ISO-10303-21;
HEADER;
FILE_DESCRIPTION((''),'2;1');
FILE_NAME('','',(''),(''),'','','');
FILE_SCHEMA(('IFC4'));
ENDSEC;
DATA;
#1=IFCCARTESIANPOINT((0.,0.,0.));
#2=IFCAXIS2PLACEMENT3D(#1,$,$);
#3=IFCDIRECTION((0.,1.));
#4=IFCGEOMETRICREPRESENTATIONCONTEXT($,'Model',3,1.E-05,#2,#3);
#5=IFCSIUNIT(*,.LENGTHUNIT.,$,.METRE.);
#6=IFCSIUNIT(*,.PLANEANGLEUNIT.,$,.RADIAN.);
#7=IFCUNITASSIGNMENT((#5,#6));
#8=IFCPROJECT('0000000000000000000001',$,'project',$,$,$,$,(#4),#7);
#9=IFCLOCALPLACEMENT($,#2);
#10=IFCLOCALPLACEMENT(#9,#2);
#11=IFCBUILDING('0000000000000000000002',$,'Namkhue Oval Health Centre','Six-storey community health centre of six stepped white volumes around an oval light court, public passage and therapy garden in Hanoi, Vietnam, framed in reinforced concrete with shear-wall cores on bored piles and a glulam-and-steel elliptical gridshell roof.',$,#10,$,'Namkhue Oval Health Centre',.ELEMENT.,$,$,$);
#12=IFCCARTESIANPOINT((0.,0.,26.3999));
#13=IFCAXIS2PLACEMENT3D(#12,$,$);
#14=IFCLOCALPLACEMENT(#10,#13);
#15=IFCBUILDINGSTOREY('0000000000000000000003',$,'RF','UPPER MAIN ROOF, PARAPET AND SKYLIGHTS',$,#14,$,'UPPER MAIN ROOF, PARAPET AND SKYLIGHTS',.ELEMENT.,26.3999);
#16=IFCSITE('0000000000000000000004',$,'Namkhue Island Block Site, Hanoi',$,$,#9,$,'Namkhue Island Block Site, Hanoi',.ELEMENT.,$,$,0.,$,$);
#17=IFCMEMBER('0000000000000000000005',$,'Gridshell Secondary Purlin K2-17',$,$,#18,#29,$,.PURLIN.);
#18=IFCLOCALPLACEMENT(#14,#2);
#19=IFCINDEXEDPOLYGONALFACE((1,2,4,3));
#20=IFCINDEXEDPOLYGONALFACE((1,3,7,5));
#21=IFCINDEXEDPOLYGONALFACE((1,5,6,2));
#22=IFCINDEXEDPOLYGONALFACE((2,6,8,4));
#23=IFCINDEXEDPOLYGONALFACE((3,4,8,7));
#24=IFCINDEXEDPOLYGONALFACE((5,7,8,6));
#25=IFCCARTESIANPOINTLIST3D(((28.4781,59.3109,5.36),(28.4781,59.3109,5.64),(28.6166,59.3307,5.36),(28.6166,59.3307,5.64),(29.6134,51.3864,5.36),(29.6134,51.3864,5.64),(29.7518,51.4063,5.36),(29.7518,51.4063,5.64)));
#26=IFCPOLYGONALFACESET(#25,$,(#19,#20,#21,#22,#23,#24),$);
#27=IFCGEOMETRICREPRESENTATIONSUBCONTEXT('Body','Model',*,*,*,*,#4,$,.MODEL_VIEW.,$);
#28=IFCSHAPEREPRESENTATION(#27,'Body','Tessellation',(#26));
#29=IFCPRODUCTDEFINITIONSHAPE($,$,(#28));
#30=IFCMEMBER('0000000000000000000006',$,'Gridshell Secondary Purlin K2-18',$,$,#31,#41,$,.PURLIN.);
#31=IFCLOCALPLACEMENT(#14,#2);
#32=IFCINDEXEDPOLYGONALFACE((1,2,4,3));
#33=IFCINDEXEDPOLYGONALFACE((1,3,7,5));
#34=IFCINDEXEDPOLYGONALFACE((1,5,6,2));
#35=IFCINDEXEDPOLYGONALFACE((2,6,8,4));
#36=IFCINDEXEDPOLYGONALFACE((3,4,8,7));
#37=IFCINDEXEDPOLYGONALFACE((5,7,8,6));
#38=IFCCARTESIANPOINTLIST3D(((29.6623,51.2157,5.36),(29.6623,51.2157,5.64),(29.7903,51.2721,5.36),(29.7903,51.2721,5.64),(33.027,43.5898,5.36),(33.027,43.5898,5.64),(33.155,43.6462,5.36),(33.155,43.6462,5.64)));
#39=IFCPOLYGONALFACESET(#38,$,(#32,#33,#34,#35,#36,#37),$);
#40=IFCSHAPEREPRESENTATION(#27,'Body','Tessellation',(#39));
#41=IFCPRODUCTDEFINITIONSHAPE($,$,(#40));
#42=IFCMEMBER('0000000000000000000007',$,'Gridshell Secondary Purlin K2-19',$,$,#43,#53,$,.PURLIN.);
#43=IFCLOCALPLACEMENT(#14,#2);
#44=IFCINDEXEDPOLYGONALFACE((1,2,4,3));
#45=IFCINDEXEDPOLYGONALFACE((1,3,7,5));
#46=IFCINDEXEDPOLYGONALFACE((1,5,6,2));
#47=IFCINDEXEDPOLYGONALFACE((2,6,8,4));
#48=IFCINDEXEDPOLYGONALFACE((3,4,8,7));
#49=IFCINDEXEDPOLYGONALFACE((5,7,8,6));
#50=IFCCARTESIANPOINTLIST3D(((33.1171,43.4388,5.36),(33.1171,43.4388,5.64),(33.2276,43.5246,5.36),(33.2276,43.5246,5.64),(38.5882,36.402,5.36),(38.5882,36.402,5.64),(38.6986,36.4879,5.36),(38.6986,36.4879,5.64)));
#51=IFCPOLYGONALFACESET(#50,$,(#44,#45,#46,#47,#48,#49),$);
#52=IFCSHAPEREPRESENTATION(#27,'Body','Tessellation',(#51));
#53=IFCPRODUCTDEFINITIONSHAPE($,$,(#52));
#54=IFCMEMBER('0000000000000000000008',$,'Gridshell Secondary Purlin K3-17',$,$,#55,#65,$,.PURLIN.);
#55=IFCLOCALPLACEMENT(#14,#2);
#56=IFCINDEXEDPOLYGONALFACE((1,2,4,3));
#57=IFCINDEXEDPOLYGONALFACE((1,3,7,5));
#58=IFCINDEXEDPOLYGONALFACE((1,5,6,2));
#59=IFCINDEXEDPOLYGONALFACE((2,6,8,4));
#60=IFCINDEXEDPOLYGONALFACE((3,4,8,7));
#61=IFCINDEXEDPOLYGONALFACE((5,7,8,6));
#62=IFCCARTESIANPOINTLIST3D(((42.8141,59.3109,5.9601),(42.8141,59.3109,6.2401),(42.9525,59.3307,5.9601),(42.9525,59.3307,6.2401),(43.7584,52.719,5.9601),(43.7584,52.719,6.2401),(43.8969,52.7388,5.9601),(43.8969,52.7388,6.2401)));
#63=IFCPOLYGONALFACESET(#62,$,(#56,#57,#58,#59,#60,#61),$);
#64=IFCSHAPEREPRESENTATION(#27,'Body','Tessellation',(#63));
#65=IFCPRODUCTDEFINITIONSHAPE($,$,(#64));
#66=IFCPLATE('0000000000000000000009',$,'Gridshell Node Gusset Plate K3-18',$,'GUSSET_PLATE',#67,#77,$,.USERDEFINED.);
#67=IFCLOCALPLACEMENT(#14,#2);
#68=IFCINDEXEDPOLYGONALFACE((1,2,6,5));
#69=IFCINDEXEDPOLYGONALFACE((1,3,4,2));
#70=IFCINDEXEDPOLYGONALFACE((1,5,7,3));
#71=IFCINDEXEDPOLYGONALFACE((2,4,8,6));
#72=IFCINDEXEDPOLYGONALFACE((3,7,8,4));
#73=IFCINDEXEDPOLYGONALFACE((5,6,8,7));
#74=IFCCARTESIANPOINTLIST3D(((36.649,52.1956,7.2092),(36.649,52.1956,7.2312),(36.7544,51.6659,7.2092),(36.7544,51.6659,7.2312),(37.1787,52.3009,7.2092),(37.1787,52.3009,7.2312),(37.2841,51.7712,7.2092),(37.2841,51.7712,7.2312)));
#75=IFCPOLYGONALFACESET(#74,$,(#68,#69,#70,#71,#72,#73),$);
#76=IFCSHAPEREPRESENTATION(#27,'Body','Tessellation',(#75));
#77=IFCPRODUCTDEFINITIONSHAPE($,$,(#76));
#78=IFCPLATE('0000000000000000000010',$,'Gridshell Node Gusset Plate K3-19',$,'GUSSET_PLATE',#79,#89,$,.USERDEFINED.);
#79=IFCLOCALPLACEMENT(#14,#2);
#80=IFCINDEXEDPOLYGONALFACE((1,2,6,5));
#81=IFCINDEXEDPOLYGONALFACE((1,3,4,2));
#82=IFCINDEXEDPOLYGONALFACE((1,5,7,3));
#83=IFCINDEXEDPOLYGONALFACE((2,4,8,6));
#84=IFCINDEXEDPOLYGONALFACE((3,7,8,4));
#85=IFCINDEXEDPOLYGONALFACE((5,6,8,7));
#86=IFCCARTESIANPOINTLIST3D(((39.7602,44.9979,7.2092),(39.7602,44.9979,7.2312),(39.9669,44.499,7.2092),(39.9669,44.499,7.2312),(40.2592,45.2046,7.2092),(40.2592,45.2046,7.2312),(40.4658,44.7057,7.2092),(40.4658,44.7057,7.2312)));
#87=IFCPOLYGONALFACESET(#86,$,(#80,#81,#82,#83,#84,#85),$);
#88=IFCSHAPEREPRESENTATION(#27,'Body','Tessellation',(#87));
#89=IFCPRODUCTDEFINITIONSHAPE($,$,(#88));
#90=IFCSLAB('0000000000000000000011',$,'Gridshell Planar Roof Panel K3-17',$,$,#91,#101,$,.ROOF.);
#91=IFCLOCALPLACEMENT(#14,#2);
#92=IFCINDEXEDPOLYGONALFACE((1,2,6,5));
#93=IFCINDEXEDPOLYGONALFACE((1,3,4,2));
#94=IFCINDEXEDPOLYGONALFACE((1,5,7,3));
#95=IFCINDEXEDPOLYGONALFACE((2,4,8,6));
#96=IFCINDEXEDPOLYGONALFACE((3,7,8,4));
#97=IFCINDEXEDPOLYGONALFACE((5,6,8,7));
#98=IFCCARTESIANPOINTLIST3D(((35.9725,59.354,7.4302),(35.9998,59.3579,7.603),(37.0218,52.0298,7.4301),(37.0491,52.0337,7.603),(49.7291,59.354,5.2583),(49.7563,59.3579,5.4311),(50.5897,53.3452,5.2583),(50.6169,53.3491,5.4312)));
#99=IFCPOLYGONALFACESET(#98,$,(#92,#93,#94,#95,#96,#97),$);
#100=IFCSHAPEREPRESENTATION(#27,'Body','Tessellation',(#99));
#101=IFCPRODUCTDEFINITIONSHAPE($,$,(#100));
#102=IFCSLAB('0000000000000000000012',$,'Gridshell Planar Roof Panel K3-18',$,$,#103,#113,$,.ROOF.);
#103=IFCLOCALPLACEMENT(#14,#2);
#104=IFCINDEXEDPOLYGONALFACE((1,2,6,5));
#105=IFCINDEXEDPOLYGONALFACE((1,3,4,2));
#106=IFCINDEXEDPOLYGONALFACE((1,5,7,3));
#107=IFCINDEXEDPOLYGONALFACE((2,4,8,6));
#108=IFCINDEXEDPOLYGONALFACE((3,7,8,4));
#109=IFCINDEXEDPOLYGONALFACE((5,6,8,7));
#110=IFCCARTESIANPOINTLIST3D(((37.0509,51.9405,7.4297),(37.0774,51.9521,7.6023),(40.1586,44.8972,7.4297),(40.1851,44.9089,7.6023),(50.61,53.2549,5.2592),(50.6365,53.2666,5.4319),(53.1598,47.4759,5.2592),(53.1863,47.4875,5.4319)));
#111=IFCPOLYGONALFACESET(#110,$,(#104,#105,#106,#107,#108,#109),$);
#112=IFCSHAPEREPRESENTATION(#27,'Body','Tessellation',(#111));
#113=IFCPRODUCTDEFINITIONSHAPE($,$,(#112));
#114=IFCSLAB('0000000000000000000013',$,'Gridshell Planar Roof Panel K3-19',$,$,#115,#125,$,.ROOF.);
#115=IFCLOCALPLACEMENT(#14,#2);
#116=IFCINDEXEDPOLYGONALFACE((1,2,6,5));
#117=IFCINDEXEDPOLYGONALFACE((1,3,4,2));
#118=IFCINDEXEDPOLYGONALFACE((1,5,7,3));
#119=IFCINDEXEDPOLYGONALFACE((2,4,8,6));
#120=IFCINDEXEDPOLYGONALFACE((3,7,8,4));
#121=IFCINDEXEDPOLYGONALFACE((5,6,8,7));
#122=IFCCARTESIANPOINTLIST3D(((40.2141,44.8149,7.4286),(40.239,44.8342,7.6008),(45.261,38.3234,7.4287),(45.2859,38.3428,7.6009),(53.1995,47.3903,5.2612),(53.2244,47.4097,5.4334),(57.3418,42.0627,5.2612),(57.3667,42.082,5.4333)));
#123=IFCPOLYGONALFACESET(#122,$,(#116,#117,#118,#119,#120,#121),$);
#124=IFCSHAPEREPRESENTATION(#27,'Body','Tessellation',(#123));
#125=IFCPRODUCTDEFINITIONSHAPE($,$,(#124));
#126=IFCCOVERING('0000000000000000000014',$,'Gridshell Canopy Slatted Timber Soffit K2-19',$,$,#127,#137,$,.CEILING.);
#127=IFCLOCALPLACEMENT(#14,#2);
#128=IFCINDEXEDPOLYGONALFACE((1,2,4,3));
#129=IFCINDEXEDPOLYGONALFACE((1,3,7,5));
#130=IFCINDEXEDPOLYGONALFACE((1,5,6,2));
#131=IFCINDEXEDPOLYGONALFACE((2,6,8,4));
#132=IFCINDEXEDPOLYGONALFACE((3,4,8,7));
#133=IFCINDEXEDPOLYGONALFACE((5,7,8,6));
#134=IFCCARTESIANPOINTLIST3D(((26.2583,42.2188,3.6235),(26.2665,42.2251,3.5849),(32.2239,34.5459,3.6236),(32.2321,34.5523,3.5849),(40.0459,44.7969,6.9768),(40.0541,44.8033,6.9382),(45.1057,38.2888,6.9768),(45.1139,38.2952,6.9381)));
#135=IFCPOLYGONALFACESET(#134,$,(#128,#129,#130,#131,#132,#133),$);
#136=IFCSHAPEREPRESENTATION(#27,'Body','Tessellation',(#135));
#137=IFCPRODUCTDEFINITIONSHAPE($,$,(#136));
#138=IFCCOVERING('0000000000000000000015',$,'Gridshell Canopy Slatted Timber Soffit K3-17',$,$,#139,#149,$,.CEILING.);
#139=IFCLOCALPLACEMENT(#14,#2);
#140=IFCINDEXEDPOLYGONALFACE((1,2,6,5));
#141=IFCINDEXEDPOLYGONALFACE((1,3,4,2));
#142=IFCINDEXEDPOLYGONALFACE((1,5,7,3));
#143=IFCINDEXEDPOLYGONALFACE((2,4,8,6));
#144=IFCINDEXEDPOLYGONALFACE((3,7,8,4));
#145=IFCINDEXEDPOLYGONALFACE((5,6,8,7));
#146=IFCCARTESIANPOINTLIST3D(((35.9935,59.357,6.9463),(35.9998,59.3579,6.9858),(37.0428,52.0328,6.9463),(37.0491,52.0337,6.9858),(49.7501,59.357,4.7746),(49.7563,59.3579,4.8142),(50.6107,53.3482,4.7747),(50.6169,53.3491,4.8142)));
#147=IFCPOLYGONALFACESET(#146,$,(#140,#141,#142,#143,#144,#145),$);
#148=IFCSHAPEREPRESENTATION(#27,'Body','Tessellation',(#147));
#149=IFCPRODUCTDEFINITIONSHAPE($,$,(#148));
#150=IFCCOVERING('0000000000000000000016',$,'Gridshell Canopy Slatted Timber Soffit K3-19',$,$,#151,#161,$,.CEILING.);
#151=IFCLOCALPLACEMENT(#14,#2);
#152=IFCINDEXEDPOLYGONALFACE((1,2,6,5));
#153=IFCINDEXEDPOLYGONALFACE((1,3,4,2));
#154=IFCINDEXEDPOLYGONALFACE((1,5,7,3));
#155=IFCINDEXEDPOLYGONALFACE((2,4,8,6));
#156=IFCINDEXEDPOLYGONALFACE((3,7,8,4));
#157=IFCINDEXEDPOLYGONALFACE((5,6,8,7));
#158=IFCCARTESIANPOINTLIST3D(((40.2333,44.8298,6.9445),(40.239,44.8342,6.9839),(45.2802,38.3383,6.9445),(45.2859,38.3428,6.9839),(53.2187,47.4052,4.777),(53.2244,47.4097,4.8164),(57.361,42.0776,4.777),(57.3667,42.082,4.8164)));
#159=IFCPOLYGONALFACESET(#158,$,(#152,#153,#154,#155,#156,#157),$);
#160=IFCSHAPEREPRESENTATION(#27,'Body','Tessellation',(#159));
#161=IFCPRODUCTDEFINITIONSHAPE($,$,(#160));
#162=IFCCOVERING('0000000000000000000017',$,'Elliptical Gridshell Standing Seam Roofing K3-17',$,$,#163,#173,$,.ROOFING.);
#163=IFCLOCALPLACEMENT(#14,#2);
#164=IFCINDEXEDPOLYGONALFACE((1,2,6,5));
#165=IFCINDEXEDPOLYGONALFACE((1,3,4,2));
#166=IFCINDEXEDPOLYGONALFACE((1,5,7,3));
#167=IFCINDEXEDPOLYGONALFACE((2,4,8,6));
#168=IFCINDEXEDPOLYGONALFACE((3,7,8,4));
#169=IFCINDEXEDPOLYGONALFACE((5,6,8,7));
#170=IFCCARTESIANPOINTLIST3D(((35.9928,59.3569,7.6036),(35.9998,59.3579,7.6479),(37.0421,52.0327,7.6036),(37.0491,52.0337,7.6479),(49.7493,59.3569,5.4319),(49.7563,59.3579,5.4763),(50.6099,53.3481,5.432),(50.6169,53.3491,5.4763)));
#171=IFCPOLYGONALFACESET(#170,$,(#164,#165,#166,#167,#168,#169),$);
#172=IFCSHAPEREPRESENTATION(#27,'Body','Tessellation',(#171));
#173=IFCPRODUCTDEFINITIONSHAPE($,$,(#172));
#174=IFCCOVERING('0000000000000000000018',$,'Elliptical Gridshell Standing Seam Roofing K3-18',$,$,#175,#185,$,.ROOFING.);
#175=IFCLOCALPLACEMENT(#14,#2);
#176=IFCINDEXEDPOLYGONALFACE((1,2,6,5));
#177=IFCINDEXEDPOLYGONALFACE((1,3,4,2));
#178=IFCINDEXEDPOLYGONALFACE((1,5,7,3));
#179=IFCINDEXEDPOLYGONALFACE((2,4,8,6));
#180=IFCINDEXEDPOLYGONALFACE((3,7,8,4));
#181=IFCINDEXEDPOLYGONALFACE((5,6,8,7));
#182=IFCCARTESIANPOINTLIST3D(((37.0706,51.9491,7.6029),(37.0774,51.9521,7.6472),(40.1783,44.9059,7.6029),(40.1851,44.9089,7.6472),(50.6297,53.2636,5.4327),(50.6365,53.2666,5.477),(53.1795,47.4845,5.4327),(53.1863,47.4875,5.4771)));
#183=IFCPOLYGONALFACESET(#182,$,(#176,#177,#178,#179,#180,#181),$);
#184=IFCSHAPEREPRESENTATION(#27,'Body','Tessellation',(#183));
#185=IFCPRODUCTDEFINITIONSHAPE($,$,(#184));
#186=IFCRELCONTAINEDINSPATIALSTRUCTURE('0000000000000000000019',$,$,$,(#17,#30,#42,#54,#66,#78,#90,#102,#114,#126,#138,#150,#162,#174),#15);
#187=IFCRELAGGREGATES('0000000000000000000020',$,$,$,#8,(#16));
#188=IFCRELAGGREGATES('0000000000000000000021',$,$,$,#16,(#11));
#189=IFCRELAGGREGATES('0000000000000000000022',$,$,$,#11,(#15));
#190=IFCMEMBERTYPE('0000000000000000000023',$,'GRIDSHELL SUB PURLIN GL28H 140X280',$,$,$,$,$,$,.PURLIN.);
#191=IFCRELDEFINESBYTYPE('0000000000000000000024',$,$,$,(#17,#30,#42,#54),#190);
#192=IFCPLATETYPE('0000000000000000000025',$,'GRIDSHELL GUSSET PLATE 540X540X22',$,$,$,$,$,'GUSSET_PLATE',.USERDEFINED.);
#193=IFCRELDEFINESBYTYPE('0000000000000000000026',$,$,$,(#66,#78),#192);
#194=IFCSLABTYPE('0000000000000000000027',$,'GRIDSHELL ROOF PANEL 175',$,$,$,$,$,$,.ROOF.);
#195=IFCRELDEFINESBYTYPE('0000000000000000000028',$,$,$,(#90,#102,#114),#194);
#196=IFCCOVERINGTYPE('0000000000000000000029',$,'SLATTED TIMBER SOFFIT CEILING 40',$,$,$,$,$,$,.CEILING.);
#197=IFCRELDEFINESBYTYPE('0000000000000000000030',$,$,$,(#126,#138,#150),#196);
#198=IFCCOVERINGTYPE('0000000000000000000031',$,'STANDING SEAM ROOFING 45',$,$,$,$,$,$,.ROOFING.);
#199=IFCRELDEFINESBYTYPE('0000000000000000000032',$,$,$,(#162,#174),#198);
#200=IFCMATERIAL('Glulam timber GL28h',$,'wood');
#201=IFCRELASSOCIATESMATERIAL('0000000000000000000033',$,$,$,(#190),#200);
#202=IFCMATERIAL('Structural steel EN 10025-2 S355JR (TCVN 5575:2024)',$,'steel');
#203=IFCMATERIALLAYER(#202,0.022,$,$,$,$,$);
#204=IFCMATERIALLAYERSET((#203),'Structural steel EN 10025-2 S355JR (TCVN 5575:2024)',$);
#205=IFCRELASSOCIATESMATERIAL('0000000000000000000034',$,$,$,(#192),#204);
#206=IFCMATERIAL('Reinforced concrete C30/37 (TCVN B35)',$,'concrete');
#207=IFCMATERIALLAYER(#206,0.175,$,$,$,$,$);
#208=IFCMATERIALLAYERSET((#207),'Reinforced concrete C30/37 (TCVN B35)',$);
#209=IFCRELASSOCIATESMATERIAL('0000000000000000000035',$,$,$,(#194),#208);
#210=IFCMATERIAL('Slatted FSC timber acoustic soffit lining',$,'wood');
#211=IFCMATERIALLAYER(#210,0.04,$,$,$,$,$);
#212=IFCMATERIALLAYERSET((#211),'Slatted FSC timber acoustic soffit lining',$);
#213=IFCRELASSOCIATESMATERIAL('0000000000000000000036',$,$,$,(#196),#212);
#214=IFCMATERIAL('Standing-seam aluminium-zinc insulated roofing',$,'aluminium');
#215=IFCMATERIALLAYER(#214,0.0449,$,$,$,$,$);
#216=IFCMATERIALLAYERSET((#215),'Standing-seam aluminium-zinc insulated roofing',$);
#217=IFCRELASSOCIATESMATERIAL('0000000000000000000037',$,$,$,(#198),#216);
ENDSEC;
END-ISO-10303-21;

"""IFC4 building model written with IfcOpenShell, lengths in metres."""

from ifc_helpers import new_model, si_unit, direction, frame, origin, origin_2d, place, context, subcontext, project, spatial, polyline, rectangle, outline, extrude, material, layer, layer_set, material_profile, profile_set, type_object, element, save


model = new_model("IFC4")

# Units and contexts
model_context = context("Model", 3, precision=1e-05, world=origin(), true_north=direction((0.0, 1.0)))
body_context = subcontext(model_context, "Body", "Model", "MODEL_VIEW")
ifc_project = project(units=[si_unit("LENGTHUNIT", "METRE"), si_unit("PLANEANGLEUNIT", "RADIAN")], contexts=[model_context])

# Site, building, storey
site_placement = place(None, origin())
site = spatial("IfcSite", under=ifc_project, at=site_placement, Name="Namkhue Island Block Site, Hanoi", LongName="Namkhue Island Block Site, Hanoi", CompositionType="ELEMENT", RefElevation=0.0)
building_placement = place(site_placement, origin())
building = spatial("IfcBuilding", under=site, at=building_placement, Name="Namkhue Oval Health Centre", Description="Six-storey community health centre of six stepped white volumes around an oval light court, public passage and therapy garden in Hanoi, Vietnam, framed in reinforced concrete with shear-wall cores on bored piles and a glulam-and-steel elliptical gridshell roof.", LongName="Namkhue Oval Health Centre", CompositionType="ELEMENT")
storey_placement = place(building_placement, frame((0.0, 0.0, 26.3999)))
storey = spatial("IfcBuildingStorey", under=building, at=storey_placement, Name="RF", Description="UPPER MAIN ROOF, PARAPET AND SKYLIGHTS", LongName="UPPER MAIN ROOF, PARAPET AND SKYLIGHTS", CompositionType="ELEMENT", Elevation=26.3999)

# Members
ifc_material_1 = material(Name="Structural steel EN 10025-2 S355JR (TCVN 5575:2024)", Category="steel")
ifc_material_2 = material(Name="Glulam timber GL28h", Category="wood")
ifc_material_profile_1 = material_profile(ifc_material_2, rectangle(XDim=0.1399, YDim=0.28, at=origin_2d()), Name="GL28h 140x280")
ifc_profile_set_1 = profile_set([ifc_material_profile_1], Name="Glulam timber GL28h")
member_type_1 = type_object("IfcMemberType", Name="GRIDSHELL SUB PURLIN GL28H 140X280", PredefinedType="PURLIN", material=ifc_profile_set_1)
member_1_placement = place(storey_placement, frame((28.5474, 59.3208, 5.5), z_axis=(0.14181, -0.989894, 0.0), x_axis=(0.989894, 0.14181, 0.0)))
element("IfcMember", 1, at=member_1_placement, inside=storey, type_object=member_type_1, Name="Gridshell Secondary Purlin K2-17", PredefinedType="PURLIN", context=body_context, shape_type="SweptSolid", body=[
    extrude(rectangle(XDim=0.1399, YDim=0.28, at=origin_2d()), origin(), (0.0, 0.0, 1.0), 8.0054),
])
member_2_placement = place(storey_placement, frame((29.7263, 51.2439, 5.5), z_axis=(0.403675, -0.914903, 0.0), x_axis=(0.914903, 0.403675, 0.0)))
element("IfcMember", 2, at=member_2_placement, inside=storey, type_object=member_type_1, Name="Gridshell Secondary Purlin K2-18", PredefinedType="PURLIN", context=body_context, shape_type="SweptSolid", body=[
    extrude(rectangle(XDim=0.1399, YDim=0.28, at=origin_2d()), origin(), (0.0, 0.0, 1.0), 8.3352),
])
member_3_placement = place(storey_placement, frame((33.1724, 43.4817, 5.5), z_axis=(0.613802, -0.78946, 0.0), x_axis=(0.78946, 0.613802, 0.0)))
element("IfcMember", 3, at=member_3_placement, inside=storey, type_object=member_type_1, Name="Gridshell Secondary Purlin K2-19", PredefinedType="PURLIN", context=body_context, shape_type="SweptSolid", body=[
    extrude(rectangle(XDim=0.1399, YDim=0.28, at=origin_2d()), origin(), (0.0, 0.0, 1.0), 8.9133),
])
member_4_placement = place(storey_placement, frame((42.8833, 59.3208, 6.1001), z_axis=(0.141811, -0.989894, 0.0), x_axis=(0.989894, 0.141811, 0.0)))
element("IfcMember", 4, at=member_4_placement, inside=storey, type_object=member_type_1, Name="Gridshell Secondary Purlin K3-17", PredefinedType="PURLIN", context=body_context, shape_type="SweptSolid", body=[
    extrude(rectangle(XDim=0.1399, YDim=0.28, at=origin_2d()), origin(), (0.0, 0.0, 1.0), 6.6592),
])

# Plates
ifc_layer_1 = layer(ifc_material_1, 0.022)
ifc_layer_set_1 = layer_set([ifc_layer_1], Name="Structural steel EN 10025-2 S355JR (TCVN 5575:2024)")
plate_type = type_object("IfcPlateType", Name="GRIDSHELL GUSSET PLATE 540X540X22", ElementType="GUSSET_PLATE", PredefinedType="USERDEFINED", material=ifc_layer_set_1)
for number, where, z_axis, x_axis, name in (
    (5, (36.9666, 51.9834, 7.2092), (0.0, 0.0, 1.0), (-0.980785, -0.19509, 0.0), "Gridshell Node Gusset Plate K3-18"),
    (6, (40.113, 44.8518, 7.2092), (0.0, 0.0, 1.0), (-0.92388, -0.382683, 0.0), "Gridshell Node Gusset Plate K3-19"),
):
    element("IfcPlate", number, at=place(storey_placement, frame(where, z_axis=z_axis, x_axis=x_axis)), inside=storey, type_object=plate_type, Name=name, ObjectType="GUSSET_PLATE", PredefinedType="USERDEFINED", context=body_context, shape_type="SweptSolid", body=[
        extrude(rectangle(XDim=0.54, YDim=0.54, at=origin_2d()), origin(), (0.0, 0.0, 1.0), 0.022),
    ])

# Slabs
ifc_material_3 = material(Name="Reinforced concrete C30/37 (TCVN B35)", Category="concrete")
ifc_layer_2 = layer(ifc_material_3, 0.175)
ifc_layer_set_2 = layer_set([ifc_layer_2], Name="Reinforced concrete C30/37 (TCVN B35)")
slab_type = type_object("IfcSlabType", Name="GRIDSHELL ROOF PANEL 175", PredefinedType="ROOF", material=ifc_layer_set_2)
slab_1_placement = place(storey_placement, frame((35.9998, 59.3579, 7.603), z_axis=(0.15591, 0.022334, 0.987519), x_axis=(0.141818, -0.989893, -0.000003)))
element("IfcSlab", 7, at=slab_1_placement, inside=storey, type_object=slab_type, Name="Gridshell Planar Roof Panel K3-17", PredefinedType="ROOF", context=body_context, shape_type="SweptSolid", body=[
    extrude(outline(polyline([(0.0, 0.0), (7.399, 0.0), (8.021, 13.7894), (1.9509, 13.7897), (0.0, 0.0)])), origin(), (0.0, 0.0, -1.0), 0.175),
])
slab_2_placement = place(storey_placement, frame((37.0774, 51.9521, 7.6023), z_axis=(0.151389, 0.066796, 0.986215), x_axis=(0.40368, -0.9149, -0.000001)))
element("IfcSlab", 8, at=slab_2_placement, inside=storey, type_object=slab_type, Name="Gridshell Planar Roof Panel K3-18", PredefinedType="ROOF", context=body_context, shape_type="SweptSolid", body=[
    extrude(outline(polyline([(0.0, 0.0), (7.6983, 0.0), (10.5875, 13.1166), (4.2709, 13.1166), (0.0, 0.0)])), origin(), (0.0, 0.0, -1.0), 0.175),
])
slab_3_placement = place(storey_placement, frame((40.239, 44.8342, 7.6008), z_axis=(0.142249, 0.110597, 0.983633), x_axis=(0.613787, -0.789472, 0.000003)))
element("IfcSlab", 9, at=slab_3_placement, inside=storey, type_object=slab_type, Name="Gridshell Planar Roof Panel K3-19", PredefinedType="ROOF", context=body_context, shape_type="SweptSolid", body=[
    extrude(outline(polyline([(0.0, 0.0), (8.2225, 0.0), (12.6855, 12.0294), (5.937, 12.0292), (0.0, 0.0)])), origin(), (0.0, 0.0, -1.0), 0.175),
])

# Coverings
ifc_material_4 = material(Name="Slatted FSC timber acoustic soffit lining", Category="wood")
ifc_layer_3 = layer(ifc_material_4, 0.04)
ifc_layer_set_3 = layer_set([ifc_layer_3], Name="Slatted FSC timber acoustic soffit lining")
covering_type_1 = type_object("IfcCoveringType", Name="SLATTED TIMBER SOFFIT CEILING 40", PredefinedType="CEILING", material=ifc_layer_set_3)
covering_1_placement = place(storey_placement, frame((26.2583, 42.2188, 3.6235), z_axis=(-0.205053, -0.159425, 0.96568), x_axis=(0.613799, -0.789462, 0.000002)))
element("IfcCovering", 10, at=covering_1_placement, inside=storey, type_object=covering_type_1, Name="Gridshell Canopy Slatted Timber Soffit K2-19", PredefinedType="CEILING", context=body_context, shape_type="SweptSolid", body=[
    extrude(outline(polyline([(0.0, 0.0), (9.7191, 0.0), (14.6711, 12.9102), (6.4275, 12.9103), (0.0, 0.0)])), origin(), (0.0, 0.0, -1.0), 0.04),
])
covering_2_placement = place(storey_placement, frame((35.9998, 59.3579, 6.9858), z_axis=(0.155893, 0.022331, 0.987522), x_axis=(0.141818, -0.989893, -0.000003)))
element("IfcCovering", 11, at=covering_2_placement, inside=storey, type_object=covering_type_1, Name="Gridshell Canopy Slatted Timber Soffit K3-17", PredefinedType="CEILING", context=body_context, shape_type="SweptSolid", body=[
    extrude(outline(polyline([(0.0, 0.0), (7.399, 0.0), (8.021, 13.7894), (1.9509, 13.7896), (0.0, 0.0)])), origin(), (0.0, 0.0, -1.0), 0.04),
])
covering_3_placement = place(storey_placement, frame((40.239, 44.8342, 6.9839), z_axis=(0.142249, 0.110597, 0.983633), x_axis=(0.613787, -0.789472, 0.000003)))
element("IfcCovering", 12, at=covering_3_placement, inside=storey, type_object=covering_type_1, Name="Gridshell Canopy Slatted Timber Soffit K3-19", PredefinedType="CEILING", context=body_context, shape_type="SweptSolid", body=[
    extrude(outline(polyline([(0.0, 0.0), (8.2225, 0.0), (12.6855, 12.0294), (5.937, 12.0292), (0.0, 0.0)])), origin(), (0.0, 0.0, -1.0), 0.04),
])
ifc_material_5 = material(Name="Standing-seam aluminium-zinc insulated roofing", Category="aluminium")
ifc_layer_4 = layer(ifc_material_5, 0.0449)
ifc_layer_set_4 = layer_set([ifc_layer_4], Name="Standing-seam aluminium-zinc insulated roofing")
covering_type_2 = type_object("IfcCoveringType", Name="STANDING SEAM ROOFING 45", PredefinedType="ROOFING", material=ifc_layer_set_4)
covering_4_placement = place(storey_placement, frame((35.9998, 59.3579, 7.6479), z_axis=(0.155893, 0.022331, 0.987522), x_axis=(0.141818, -0.989893, -0.000003)))
element("IfcCovering", 13, at=covering_4_placement, inside=storey, type_object=covering_type_2, Name="Elliptical Gridshell Standing Seam Roofing K3-17", PredefinedType="ROOFING", context=body_context, shape_type="SweptSolid", body=[
    extrude(outline(polyline([(0.0, 0.0), (7.399, 0.0), (8.021, 13.7894), (1.9509, 13.7896), (0.0, 0.0)])), origin(), (0.0, 0.0, -1.0), 0.0449),
])
covering_5_placement = place(storey_placement, frame((37.0774, 51.9521, 7.6472), z_axis=(0.151372, 0.066789, 0.986218), x_axis=(0.40368, -0.9149, -0.000001)))
element("IfcCovering", 14, at=covering_5_placement, inside=storey, type_object=covering_type_2, Name="Elliptical Gridshell Standing Seam Roofing K3-18", PredefinedType="ROOFING", context=body_context, shape_type="SweptSolid", body=[
    extrude(outline(polyline([(0.0, 0.0), (7.6983, 0.0), (10.5875, 13.1165), (4.2709, 13.1166), (0.0, 0.0)])), origin(), (0.0, 0.0, -1.0), 0.0449),
])

save(model, "model.ifc")
